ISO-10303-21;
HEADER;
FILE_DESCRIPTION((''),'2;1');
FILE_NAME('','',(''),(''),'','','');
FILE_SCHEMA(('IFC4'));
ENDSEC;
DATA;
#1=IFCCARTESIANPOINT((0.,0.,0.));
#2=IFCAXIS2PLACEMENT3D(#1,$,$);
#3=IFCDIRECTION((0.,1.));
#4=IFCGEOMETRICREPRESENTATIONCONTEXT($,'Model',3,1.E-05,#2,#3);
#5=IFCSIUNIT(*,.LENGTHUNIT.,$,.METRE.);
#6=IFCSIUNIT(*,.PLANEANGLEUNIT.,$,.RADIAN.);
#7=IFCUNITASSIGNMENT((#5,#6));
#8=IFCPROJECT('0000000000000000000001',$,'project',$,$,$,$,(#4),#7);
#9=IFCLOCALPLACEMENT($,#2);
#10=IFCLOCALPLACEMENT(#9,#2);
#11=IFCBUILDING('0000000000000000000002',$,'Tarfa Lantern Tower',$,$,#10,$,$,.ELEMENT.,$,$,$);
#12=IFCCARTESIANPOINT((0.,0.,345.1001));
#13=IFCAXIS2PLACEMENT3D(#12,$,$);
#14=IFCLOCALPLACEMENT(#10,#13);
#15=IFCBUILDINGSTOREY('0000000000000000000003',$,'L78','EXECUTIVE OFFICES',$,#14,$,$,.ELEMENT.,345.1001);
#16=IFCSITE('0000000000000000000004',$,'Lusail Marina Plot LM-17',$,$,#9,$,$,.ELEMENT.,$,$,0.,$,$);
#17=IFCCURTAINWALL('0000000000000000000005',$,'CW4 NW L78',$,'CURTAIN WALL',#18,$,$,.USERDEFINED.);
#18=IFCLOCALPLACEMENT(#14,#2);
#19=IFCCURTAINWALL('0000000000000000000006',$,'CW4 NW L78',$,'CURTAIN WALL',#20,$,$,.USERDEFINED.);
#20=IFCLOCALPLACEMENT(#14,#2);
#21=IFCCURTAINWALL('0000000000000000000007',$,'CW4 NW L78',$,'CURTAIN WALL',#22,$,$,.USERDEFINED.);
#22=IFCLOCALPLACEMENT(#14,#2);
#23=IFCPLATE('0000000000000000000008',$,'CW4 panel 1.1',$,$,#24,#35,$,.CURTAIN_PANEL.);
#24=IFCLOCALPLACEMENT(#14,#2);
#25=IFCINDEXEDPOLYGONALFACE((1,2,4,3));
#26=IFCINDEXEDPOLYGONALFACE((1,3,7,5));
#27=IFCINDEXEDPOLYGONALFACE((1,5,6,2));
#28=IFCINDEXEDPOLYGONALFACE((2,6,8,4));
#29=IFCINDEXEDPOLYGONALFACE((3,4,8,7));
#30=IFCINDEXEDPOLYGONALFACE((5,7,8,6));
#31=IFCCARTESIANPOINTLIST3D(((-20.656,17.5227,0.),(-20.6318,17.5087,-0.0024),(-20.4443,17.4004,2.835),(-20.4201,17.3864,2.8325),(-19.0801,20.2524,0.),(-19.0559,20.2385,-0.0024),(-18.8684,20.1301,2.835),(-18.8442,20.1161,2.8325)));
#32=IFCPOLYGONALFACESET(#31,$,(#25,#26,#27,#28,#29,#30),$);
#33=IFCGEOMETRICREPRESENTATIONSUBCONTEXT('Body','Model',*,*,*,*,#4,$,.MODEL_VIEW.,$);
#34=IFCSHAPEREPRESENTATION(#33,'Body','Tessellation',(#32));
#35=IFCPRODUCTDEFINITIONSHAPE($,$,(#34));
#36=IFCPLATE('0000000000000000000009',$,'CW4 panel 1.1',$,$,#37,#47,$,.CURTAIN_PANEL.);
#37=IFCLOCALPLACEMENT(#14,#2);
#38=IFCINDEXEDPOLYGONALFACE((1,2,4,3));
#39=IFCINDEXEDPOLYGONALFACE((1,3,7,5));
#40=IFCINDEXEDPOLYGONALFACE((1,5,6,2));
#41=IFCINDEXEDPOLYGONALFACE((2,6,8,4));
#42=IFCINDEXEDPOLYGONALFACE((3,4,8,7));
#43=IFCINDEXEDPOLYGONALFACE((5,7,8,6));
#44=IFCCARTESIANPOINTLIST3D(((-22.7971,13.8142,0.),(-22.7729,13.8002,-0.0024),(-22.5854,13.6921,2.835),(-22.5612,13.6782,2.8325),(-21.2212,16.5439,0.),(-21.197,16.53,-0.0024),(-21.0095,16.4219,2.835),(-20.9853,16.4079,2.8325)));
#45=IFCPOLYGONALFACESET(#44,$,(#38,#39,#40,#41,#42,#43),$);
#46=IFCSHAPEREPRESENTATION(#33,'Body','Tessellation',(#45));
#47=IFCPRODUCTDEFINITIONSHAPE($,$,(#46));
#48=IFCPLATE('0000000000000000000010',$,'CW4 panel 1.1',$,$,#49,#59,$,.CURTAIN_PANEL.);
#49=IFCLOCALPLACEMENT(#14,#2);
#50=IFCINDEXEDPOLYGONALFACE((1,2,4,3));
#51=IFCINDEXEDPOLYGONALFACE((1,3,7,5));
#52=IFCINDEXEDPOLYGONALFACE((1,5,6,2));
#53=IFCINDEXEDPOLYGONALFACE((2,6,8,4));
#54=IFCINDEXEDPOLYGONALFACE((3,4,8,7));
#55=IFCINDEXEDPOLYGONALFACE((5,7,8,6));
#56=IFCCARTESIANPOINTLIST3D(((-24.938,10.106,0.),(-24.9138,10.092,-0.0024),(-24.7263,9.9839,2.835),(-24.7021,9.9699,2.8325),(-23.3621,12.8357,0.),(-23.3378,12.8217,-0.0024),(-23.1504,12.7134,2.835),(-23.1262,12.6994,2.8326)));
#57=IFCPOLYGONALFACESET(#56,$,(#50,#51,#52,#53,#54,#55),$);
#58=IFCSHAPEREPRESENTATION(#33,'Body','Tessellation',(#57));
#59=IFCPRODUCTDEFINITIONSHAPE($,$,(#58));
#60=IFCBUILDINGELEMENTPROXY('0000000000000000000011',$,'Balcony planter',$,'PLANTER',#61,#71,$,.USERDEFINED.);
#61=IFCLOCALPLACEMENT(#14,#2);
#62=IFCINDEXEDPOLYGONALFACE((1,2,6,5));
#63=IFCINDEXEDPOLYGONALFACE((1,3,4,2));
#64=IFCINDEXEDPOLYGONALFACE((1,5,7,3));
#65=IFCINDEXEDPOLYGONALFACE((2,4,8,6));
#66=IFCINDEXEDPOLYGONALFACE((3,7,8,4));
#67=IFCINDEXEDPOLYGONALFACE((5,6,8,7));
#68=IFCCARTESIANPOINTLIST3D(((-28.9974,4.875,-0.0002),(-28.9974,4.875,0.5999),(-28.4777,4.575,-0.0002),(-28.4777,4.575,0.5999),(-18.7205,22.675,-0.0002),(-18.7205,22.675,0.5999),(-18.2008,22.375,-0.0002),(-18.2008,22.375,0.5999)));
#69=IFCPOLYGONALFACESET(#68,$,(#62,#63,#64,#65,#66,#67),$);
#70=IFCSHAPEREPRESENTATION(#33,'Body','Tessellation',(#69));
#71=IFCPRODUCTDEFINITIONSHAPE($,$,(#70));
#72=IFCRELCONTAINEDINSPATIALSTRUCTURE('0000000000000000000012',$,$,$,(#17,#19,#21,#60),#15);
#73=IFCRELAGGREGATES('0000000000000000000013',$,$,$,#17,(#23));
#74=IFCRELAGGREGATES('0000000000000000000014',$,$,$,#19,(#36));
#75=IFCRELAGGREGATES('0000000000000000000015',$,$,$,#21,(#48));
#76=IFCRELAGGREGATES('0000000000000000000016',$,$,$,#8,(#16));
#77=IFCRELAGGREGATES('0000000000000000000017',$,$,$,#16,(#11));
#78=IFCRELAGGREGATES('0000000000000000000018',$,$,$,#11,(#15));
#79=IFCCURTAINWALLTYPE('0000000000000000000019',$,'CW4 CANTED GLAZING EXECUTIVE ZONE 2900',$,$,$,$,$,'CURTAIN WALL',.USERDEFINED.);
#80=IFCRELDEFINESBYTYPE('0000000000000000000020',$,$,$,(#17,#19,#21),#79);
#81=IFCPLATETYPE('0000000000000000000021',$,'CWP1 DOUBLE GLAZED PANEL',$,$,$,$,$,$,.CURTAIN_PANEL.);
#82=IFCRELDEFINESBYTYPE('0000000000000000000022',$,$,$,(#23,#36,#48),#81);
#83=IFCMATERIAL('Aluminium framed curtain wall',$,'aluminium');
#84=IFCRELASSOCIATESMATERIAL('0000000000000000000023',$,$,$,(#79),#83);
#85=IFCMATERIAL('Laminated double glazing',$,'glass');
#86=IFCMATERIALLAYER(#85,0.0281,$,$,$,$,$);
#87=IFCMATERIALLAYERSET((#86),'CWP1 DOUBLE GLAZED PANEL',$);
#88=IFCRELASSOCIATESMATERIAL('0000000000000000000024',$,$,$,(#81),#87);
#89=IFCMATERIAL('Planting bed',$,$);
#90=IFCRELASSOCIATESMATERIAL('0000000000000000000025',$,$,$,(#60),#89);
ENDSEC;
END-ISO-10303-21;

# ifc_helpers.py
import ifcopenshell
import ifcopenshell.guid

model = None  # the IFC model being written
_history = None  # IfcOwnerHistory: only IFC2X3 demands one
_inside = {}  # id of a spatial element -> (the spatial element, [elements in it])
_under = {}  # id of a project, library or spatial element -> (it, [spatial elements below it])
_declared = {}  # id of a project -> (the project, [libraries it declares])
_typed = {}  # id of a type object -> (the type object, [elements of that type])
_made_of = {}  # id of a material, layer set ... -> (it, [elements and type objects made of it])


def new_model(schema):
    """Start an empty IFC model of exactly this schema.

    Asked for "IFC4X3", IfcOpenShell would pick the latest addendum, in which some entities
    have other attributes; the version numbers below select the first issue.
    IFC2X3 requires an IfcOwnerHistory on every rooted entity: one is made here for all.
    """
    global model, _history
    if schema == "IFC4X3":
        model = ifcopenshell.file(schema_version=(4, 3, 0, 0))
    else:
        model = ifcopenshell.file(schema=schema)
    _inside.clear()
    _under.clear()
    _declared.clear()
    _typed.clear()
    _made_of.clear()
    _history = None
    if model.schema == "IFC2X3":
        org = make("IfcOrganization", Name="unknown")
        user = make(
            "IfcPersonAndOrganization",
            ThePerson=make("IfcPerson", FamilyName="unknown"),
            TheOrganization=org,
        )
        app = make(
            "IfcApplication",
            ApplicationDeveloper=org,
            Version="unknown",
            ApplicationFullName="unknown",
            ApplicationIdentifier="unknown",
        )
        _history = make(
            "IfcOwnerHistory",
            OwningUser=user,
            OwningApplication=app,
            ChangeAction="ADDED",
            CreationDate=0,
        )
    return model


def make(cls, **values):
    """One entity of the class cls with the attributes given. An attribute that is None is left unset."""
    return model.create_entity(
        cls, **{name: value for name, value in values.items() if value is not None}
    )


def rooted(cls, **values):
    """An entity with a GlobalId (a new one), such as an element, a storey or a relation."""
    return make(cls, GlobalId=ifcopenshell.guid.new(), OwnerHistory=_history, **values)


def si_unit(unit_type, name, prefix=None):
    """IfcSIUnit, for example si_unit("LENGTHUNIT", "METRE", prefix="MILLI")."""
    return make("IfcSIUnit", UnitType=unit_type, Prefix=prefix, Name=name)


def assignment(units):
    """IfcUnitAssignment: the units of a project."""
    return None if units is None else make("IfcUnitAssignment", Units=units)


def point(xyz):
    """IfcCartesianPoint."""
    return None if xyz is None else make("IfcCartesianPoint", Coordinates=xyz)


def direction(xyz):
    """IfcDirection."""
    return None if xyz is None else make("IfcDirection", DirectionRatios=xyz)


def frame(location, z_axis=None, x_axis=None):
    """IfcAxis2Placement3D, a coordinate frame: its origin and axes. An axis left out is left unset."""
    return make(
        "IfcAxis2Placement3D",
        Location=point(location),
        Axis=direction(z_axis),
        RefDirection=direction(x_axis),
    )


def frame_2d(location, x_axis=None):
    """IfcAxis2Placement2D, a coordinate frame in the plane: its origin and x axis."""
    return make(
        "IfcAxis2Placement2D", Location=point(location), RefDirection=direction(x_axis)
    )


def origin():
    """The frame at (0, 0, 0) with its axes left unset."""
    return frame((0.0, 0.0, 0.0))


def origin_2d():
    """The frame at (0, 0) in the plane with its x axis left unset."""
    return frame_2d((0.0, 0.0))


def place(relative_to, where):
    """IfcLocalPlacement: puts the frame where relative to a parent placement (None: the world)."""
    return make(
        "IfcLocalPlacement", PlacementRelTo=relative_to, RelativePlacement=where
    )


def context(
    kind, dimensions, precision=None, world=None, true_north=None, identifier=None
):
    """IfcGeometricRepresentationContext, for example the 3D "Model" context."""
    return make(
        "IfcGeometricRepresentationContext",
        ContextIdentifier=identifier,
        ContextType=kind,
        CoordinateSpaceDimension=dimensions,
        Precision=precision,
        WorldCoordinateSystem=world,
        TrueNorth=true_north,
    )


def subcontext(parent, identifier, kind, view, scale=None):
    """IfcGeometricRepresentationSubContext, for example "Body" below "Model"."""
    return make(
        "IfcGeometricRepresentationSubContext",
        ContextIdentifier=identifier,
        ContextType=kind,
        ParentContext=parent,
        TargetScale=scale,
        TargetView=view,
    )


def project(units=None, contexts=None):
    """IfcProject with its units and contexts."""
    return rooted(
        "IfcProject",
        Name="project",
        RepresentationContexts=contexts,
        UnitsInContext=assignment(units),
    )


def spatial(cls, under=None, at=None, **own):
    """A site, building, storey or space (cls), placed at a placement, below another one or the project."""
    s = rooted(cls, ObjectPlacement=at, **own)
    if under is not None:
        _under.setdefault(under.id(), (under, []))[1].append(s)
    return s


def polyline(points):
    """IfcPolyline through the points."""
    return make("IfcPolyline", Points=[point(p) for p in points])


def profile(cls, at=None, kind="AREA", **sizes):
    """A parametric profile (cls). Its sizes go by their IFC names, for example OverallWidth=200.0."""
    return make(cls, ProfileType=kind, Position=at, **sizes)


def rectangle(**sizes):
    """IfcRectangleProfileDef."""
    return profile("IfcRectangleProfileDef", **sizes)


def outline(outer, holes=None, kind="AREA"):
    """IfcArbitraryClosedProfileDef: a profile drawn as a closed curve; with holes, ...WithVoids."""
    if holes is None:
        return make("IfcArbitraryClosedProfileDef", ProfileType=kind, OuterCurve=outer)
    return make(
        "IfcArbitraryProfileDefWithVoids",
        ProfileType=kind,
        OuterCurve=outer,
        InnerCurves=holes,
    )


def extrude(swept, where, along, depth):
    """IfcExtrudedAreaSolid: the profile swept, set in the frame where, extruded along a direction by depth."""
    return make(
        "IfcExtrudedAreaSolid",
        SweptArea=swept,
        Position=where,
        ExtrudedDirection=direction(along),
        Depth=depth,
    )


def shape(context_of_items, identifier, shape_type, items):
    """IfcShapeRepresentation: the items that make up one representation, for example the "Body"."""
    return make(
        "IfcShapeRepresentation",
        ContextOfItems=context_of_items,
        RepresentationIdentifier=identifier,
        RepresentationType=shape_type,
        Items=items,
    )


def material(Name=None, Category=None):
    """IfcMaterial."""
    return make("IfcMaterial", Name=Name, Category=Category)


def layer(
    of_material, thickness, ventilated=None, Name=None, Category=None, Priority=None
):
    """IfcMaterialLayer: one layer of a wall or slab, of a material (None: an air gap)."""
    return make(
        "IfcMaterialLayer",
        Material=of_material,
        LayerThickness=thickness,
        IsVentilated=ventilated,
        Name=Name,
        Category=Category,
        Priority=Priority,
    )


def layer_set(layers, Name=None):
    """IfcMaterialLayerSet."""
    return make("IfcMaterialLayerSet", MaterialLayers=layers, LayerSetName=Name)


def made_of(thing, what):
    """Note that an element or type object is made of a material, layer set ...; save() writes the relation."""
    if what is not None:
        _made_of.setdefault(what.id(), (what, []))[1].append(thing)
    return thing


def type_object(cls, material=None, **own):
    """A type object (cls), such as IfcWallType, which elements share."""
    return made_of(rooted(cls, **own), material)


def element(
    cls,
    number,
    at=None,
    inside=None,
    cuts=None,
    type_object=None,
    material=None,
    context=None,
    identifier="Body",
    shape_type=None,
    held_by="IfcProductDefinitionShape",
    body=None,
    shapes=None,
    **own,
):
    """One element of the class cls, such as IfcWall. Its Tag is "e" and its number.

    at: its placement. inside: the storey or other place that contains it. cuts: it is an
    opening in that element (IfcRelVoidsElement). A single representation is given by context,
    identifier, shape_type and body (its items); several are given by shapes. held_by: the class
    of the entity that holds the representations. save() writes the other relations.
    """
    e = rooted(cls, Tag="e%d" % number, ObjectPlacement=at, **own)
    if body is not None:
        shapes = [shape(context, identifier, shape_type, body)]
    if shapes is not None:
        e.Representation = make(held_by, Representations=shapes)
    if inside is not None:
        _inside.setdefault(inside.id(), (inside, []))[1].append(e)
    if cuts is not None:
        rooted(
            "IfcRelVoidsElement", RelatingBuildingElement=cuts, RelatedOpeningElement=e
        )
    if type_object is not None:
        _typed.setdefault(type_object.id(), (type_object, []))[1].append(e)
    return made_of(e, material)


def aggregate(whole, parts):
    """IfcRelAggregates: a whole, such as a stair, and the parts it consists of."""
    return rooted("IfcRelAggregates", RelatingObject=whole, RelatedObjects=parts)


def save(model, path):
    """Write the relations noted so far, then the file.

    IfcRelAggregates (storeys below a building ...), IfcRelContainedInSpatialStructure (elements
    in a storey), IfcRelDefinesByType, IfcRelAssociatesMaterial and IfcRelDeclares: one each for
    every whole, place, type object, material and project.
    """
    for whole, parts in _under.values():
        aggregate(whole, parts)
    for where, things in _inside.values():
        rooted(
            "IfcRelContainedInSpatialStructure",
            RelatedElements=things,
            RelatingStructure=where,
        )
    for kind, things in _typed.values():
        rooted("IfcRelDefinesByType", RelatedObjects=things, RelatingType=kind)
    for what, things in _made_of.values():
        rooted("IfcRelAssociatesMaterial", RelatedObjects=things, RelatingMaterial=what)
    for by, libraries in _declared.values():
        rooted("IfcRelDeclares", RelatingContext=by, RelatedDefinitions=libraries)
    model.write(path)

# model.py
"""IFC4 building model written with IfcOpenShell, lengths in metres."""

from ifc_helpers import new_model, si_unit, direction, frame, origin, origin_2d, place, context, subcontext, project, spatial, polyline, rectangle, outline, extrude, material, layer, layer_set, type_object, element, aggregate, save


model = new_model("IFC4")

# Units and contexts
model_context = context("Model", 3, precision=1e-05, world=origin(), true_north=direction((0.0, 1.0)))
body_context = subcontext(model_context, "Body", "Model", "MODEL_VIEW")
ifc_project = project(units=[si_unit("LENGTHUNIT", "METRE"), si_unit("PLANEANGLEUNIT", "RADIAN")], contexts=[model_context])

# Site, building, storey
site_placement = place(None, origin())
site = spatial("IfcSite", under=ifc_project, at=site_placement, Name="Lusail Marina Plot LM-17", CompositionType="ELEMENT", RefElevation=0.0)
building_placement = place(site_placement, origin())
building = spatial("IfcBuilding", under=site, at=building_placement, Name="Tarfa Lantern Tower", CompositionType="ELEMENT")
storey_placement = place(building_placement, frame((0.0, 0.0, 345.1001)))
storey = spatial("IfcBuildingStorey", under=building, at=storey_placement, Name="L78", Description="EXECUTIVE OFFICES", CompositionType="ELEMENT", Elevation=345.1001)

# Shared definitions
ifc_material_1 = material(Name="Aluminium framed curtain wall", Category="aluminium")
curtain_wall_type = type_object("IfcCurtainWallType", Name="CW4 CANTED GLAZING EXECUTIVE ZONE 2900", ElementType="CURTAIN WALL", PredefinedType="USERDEFINED", material=ifc_material_1)

# Curtain walls
curtain_wall_1_placement = place(storey_placement, origin())
curtain_wall_1 = element("IfcCurtainWall", 1, at=curtain_wall_1_placement, inside=storey, type_object=curtain_wall_type, Name="CW4 NW L78", ObjectType="CURTAIN WALL", PredefinedType="USERDEFINED")
curtain_wall_2_placement = place(storey_placement, origin())
curtain_wall_2 = element("IfcCurtainWall", 2, at=curtain_wall_2_placement, inside=storey, type_object=curtain_wall_type, Name="CW4 NW L78", ObjectType="CURTAIN WALL", PredefinedType="USERDEFINED")

# Curtain wall
curtain_wall_3_placement = place(storey_placement, origin())
curtain_wall_3 = element("IfcCurtainWall", 3, at=curtain_wall_3_placement, inside=storey, type_object=curtain_wall_type, Name="CW4 NW L78", ObjectType="CURTAIN WALL", PredefinedType="USERDEFINED")

# Plates
ifc_material_2 = material(Name="Laminated double glazing", Category="glass")
ifc_layer = layer(ifc_material_2, 0.0281)
ifc_layer_set = layer_set([ifc_layer], Name="CWP1 DOUBLE GLAZED PANEL")
plate_type = type_object("IfcPlateType", Name="CWP1 DOUBLE GLAZED PANEL", PredefinedType="CURTAIN_PANEL", material=ifc_layer_set)
plate_1_placement = place(storey_placement, frame((-19.0801, 20.2524, 0.0), z_axis=(-0.862835, 0.498131, 0.085915), x_axis=(-0.499979, -0.866037, 0.0)))
plate_1 = element("IfcPlate", 4, at=plate_1_placement, type_object=plate_type, Name="CW4 panel 1.1", PredefinedType="CURTAIN_PANEL", context=body_context, shape_type="SweptSolid", body=[
    extrude(outline(polyline([(0.0, 0.0), (3.152, 0.0), (3.1521, 2.8455), (0.0001, 2.8455), (0.0, 0.0)])), origin(), (0.0, 0.0, -1.0), 0.0281),
])
aggregate(curtain_wall_1, [plate_1])
plate_2_placement = place(storey_placement, frame((-21.2212, 16.5439, 0.0), z_axis=(-0.862838, 0.498133, 0.085872), x_axis=(-0.499979, -0.866037, 0.0)))
plate_2 = element("IfcPlate", 5, at=plate_2_placement, type_object=plate_type, Name="CW4 panel 1.1", PredefinedType="CURTAIN_PANEL", context=body_context, shape_type="SweptSolid", body=[
    extrude(outline(polyline([(0.0, 0.0), (3.152, 0.0), (3.1519, 2.8455), (-0.0001, 2.8455), (0.0, 0.0)])), origin(), (0.0, 0.0, -1.0), 0.0281),
])
aggregate(curtain_wall_2, [plate_2])
plate_3_placement = place(storey_placement, frame((-23.3621, 12.8357, 0.0), z_axis=(-0.862827, 0.498148, 0.085893), x_axis=(-0.499996, -0.866028, 0.000002)))
plate_3 = element("IfcPlate", 6, at=plate_3_placement, type_object=plate_type, Name="CW4 panel 1.1", PredefinedType="CURTAIN_PANEL", context=body_context, shape_type="SweptSolid", body=[
    extrude(outline(polyline([(0.0, 0.0), (3.152, 0.0), (3.1519, 2.8455), (0.0001, 2.8455), (0.0, 0.0)])), origin(), (0.0, 0.0, -1.0), 0.0281),
])
aggregate(curtain_wall_3, [plate_3])

# Building element proxy
ifc_material_3 = material(Name="Planting bed")
proxy_placement = place(storey_placement, frame((-23.5991, 13.625, -0.0002), z_axis=(0.0, 0.0, 1.0), x_axis=(-0.5, -0.866025, 0.0)))
element("IfcBuildingElementProxy", 7, at=proxy_placement, inside=storey, material=ifc_material_3, Name="Balcony planter", ObjectType="PLANTER", PredefinedType="USERDEFINED", context=body_context, shape_type="SweptSolid", body=[
    extrude(rectangle(XDim=20.5537, YDim=0.6001, at=origin_2d()), origin(), (0.0, 0.0, 1.0), 0.6001),
])

save(model, "model.ifc")
